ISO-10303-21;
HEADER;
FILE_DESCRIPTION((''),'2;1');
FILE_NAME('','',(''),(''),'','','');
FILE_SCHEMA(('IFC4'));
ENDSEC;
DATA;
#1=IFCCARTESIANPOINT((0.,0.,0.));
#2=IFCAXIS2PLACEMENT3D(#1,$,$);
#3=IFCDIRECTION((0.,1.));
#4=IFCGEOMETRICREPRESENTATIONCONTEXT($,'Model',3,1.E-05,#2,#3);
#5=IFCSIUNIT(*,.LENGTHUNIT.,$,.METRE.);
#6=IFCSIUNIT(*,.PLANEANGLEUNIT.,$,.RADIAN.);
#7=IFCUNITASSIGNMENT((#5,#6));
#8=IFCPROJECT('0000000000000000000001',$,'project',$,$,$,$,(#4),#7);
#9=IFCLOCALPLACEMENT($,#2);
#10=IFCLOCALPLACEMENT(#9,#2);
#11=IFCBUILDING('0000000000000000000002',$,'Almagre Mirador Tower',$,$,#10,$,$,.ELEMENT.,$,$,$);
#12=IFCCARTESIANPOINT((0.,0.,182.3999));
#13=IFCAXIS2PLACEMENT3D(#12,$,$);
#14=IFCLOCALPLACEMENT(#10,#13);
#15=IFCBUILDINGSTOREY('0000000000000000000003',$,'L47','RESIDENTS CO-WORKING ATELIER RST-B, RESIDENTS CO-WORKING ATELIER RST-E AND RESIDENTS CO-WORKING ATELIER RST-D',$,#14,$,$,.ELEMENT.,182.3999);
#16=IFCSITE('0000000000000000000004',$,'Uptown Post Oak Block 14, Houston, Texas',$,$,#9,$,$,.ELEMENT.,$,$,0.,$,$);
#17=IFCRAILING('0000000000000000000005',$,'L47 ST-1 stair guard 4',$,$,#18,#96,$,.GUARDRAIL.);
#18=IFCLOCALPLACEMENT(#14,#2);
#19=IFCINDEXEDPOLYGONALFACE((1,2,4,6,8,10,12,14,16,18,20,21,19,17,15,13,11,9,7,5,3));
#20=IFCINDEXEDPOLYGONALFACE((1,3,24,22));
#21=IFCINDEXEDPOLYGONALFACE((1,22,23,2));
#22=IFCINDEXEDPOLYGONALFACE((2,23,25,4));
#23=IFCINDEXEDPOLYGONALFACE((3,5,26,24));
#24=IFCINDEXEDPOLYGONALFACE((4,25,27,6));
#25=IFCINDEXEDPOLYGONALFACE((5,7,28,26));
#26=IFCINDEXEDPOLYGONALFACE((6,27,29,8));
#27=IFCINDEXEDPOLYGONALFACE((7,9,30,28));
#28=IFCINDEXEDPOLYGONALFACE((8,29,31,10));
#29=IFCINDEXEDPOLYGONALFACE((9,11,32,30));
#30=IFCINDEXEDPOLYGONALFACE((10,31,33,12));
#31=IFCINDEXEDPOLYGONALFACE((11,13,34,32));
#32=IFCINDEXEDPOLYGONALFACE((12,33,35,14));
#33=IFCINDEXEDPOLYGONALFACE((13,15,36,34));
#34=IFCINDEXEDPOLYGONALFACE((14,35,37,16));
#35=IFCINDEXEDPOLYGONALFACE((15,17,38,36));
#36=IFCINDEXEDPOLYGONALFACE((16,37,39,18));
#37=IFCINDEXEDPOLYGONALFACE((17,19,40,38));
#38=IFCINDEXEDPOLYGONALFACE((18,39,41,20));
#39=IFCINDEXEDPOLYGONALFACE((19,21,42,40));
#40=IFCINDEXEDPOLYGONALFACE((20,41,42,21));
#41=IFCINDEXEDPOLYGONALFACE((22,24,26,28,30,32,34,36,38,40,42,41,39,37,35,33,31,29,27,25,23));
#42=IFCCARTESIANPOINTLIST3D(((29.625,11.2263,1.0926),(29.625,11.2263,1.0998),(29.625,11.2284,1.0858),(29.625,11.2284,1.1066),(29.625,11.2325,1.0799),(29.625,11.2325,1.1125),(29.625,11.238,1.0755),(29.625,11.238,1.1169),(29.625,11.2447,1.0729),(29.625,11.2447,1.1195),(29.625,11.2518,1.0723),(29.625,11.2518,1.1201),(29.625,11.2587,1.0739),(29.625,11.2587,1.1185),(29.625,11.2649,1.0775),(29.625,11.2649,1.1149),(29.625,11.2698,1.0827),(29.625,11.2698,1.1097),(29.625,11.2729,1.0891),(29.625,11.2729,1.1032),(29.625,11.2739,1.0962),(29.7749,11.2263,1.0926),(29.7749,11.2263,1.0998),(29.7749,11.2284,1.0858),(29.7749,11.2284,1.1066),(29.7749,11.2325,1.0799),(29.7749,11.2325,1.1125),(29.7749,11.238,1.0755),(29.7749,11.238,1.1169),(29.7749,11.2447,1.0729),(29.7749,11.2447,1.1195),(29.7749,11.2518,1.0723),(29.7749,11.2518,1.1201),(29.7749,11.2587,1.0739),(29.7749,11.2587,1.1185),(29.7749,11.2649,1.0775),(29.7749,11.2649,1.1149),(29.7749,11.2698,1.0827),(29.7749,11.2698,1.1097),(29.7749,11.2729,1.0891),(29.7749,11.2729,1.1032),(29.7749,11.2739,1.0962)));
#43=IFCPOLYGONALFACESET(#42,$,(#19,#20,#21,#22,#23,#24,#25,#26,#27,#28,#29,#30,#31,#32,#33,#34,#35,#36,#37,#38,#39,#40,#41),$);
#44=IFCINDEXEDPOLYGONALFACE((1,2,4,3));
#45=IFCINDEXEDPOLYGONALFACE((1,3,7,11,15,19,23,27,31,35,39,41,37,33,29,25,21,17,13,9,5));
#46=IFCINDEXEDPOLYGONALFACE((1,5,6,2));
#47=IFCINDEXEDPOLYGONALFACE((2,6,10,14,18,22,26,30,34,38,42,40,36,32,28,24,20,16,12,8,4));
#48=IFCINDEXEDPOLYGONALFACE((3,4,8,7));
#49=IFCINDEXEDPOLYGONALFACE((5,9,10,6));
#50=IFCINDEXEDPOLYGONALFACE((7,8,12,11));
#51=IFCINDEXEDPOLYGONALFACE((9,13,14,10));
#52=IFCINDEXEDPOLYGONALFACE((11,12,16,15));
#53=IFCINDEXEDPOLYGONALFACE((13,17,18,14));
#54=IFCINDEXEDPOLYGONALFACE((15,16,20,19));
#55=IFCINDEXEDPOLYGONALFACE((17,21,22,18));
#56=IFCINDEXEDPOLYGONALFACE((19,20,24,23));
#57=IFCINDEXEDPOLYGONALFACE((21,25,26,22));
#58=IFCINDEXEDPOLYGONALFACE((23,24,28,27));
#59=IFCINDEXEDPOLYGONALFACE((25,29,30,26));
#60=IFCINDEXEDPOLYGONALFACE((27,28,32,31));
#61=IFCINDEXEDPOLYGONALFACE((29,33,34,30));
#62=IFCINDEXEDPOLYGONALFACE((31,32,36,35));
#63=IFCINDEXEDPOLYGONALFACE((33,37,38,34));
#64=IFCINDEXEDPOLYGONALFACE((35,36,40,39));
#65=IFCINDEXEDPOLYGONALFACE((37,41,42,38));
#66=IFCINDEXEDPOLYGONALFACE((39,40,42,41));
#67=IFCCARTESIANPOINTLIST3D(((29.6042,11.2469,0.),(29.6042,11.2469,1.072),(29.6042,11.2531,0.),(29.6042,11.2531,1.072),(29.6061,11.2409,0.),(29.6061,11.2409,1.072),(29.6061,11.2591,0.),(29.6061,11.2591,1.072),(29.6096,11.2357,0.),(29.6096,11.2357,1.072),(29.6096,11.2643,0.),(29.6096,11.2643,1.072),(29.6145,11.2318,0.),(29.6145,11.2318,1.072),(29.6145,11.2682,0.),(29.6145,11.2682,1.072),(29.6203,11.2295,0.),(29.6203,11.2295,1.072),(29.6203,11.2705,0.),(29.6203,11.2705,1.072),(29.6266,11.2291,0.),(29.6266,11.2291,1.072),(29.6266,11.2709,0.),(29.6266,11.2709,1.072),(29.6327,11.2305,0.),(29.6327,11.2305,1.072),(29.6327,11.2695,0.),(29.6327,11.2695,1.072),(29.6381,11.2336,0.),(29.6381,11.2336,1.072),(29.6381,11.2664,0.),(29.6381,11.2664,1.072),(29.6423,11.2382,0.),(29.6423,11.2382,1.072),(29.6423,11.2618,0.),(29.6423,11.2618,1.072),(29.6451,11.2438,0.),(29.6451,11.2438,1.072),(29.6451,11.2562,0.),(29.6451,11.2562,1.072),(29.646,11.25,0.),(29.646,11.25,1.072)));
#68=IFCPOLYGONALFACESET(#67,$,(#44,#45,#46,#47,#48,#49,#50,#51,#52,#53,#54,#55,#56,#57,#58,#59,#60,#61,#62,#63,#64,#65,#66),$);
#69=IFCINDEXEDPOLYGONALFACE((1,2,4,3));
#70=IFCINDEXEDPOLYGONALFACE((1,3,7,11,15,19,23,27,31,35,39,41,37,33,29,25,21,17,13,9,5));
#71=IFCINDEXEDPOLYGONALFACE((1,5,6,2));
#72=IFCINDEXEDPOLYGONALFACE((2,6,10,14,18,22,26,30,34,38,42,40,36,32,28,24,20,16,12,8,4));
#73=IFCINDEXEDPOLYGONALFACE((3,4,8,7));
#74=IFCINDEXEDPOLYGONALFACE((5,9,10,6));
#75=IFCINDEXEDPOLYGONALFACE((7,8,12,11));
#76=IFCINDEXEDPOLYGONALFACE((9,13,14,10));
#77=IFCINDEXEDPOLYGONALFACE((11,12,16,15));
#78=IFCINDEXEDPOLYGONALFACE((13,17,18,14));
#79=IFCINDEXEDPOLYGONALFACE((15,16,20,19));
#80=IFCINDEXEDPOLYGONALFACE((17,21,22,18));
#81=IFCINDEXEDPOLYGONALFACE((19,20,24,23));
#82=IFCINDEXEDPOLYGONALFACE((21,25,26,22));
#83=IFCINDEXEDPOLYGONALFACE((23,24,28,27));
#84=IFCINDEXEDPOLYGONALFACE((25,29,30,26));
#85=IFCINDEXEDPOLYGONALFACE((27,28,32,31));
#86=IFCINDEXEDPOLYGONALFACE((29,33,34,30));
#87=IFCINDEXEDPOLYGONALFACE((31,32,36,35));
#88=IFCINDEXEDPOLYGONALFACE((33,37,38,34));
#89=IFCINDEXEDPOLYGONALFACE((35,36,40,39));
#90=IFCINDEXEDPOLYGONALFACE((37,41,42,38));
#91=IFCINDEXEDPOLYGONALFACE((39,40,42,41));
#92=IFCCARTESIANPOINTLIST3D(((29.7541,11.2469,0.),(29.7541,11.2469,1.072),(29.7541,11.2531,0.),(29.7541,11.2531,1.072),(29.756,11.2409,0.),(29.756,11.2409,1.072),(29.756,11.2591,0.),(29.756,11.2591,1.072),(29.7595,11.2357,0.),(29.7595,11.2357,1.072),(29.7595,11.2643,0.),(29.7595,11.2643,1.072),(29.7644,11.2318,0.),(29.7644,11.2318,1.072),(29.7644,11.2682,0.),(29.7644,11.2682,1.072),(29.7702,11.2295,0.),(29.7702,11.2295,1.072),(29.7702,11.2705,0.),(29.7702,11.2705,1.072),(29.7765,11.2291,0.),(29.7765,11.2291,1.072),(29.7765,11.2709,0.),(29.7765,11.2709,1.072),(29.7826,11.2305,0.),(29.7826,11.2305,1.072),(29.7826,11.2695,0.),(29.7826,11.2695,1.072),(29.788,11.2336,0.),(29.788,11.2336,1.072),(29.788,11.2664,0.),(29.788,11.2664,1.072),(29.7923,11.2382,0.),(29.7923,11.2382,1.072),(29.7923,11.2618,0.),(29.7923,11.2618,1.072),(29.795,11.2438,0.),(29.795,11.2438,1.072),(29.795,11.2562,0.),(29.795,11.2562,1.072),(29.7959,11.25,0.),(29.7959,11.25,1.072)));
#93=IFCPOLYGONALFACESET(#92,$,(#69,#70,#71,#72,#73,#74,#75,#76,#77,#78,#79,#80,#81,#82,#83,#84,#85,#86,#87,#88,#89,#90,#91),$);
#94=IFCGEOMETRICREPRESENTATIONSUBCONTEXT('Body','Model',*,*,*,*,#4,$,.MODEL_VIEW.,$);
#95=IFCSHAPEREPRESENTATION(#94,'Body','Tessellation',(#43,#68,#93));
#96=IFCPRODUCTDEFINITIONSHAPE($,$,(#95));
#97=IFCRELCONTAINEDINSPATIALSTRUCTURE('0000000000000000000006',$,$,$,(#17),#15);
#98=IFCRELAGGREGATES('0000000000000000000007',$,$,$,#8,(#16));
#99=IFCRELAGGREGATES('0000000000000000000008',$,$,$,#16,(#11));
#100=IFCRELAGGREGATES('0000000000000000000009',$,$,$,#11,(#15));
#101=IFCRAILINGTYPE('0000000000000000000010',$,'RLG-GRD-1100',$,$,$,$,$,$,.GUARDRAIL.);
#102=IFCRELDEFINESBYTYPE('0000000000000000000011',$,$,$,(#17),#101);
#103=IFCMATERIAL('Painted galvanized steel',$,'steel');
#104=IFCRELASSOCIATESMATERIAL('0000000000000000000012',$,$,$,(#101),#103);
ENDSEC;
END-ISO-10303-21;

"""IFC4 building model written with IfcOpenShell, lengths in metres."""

from ifc_helpers import new_model, si_unit, direction, frame, origin, origin_2d, place, context, subcontext, project, spatial, circle, extrude, material, type_object, element, save


model = new_model("IFC4")

# Units and contexts
model_context = context("Model", 3, precision=1e-05, world=origin(), true_north=direction((0.0, 1.0)))
body_context = subcontext(model_context, "Body", "Model", "MODEL_VIEW")
ifc_project = project(units=[si_unit("LENGTHUNIT", "METRE"), si_unit("PLANEANGLEUNIT", "RADIAN")], contexts=[model_context])

# Site, building, storey
site_placement = place(None, origin())
site = spatial("IfcSite", under=ifc_project, at=site_placement, Name="Uptown Post Oak Block 14, Houston, Texas", CompositionType="ELEMENT", RefElevation=0.0)
building_placement = place(site_placement, origin())
building = spatial("IfcBuilding", under=site, at=building_placement, Name="Almagre Mirador Tower", CompositionType="ELEMENT")
storey_placement = place(building_placement, frame((0.0, 0.0, 182.3999)))
storey = spatial("IfcBuildingStorey", under=building, at=storey_placement, Name="L47", Description="RESIDENTS CO-WORKING ATELIER RST-B, RESIDENTS CO-WORKING ATELIER RST-E AND RESIDENTS CO-WORKING ATELIER RST-D", CompositionType="ELEMENT", Elevation=182.3999)

# Railing
ifc_material_1 = material(Name="Painted galvanized steel", Category="steel")
railing_type = type_object("IfcRailingType", Name="RLG-GRD-1100", PredefinedType="GUARDRAIL", material=ifc_material_1)
railing_placement = place(storey_placement, frame((29.625, 11.25, 0.0)))
element("IfcRailing", 1, at=railing_placement, inside=storey, type_object=railing_type, Name="L47 ST-1 stair guard 4", PredefinedType="GUARDRAIL", context=body_context, shape_type="SweptSolid", body=[
    extrude(circle(Radius=0.0239, at=origin_2d()), frame((0.0, 0.0, 1.0962), z_axis=(1.0, 0.0, 0.0), x_axis=(0.0, 1.0, 0.0)), (0.0, 0.0, 1.0), 0.1499),
    extrude(circle(Radius=0.021, at=origin_2d()), origin(), (0.0, 0.0, 1.0), 1.072),
    extrude(circle(Radius=0.021, at=origin_2d()), frame((0.1499, 0.0, 0.0)), (0.0, 0.0, 1.0), 1.072),
])

save(model, "model.ifc")
